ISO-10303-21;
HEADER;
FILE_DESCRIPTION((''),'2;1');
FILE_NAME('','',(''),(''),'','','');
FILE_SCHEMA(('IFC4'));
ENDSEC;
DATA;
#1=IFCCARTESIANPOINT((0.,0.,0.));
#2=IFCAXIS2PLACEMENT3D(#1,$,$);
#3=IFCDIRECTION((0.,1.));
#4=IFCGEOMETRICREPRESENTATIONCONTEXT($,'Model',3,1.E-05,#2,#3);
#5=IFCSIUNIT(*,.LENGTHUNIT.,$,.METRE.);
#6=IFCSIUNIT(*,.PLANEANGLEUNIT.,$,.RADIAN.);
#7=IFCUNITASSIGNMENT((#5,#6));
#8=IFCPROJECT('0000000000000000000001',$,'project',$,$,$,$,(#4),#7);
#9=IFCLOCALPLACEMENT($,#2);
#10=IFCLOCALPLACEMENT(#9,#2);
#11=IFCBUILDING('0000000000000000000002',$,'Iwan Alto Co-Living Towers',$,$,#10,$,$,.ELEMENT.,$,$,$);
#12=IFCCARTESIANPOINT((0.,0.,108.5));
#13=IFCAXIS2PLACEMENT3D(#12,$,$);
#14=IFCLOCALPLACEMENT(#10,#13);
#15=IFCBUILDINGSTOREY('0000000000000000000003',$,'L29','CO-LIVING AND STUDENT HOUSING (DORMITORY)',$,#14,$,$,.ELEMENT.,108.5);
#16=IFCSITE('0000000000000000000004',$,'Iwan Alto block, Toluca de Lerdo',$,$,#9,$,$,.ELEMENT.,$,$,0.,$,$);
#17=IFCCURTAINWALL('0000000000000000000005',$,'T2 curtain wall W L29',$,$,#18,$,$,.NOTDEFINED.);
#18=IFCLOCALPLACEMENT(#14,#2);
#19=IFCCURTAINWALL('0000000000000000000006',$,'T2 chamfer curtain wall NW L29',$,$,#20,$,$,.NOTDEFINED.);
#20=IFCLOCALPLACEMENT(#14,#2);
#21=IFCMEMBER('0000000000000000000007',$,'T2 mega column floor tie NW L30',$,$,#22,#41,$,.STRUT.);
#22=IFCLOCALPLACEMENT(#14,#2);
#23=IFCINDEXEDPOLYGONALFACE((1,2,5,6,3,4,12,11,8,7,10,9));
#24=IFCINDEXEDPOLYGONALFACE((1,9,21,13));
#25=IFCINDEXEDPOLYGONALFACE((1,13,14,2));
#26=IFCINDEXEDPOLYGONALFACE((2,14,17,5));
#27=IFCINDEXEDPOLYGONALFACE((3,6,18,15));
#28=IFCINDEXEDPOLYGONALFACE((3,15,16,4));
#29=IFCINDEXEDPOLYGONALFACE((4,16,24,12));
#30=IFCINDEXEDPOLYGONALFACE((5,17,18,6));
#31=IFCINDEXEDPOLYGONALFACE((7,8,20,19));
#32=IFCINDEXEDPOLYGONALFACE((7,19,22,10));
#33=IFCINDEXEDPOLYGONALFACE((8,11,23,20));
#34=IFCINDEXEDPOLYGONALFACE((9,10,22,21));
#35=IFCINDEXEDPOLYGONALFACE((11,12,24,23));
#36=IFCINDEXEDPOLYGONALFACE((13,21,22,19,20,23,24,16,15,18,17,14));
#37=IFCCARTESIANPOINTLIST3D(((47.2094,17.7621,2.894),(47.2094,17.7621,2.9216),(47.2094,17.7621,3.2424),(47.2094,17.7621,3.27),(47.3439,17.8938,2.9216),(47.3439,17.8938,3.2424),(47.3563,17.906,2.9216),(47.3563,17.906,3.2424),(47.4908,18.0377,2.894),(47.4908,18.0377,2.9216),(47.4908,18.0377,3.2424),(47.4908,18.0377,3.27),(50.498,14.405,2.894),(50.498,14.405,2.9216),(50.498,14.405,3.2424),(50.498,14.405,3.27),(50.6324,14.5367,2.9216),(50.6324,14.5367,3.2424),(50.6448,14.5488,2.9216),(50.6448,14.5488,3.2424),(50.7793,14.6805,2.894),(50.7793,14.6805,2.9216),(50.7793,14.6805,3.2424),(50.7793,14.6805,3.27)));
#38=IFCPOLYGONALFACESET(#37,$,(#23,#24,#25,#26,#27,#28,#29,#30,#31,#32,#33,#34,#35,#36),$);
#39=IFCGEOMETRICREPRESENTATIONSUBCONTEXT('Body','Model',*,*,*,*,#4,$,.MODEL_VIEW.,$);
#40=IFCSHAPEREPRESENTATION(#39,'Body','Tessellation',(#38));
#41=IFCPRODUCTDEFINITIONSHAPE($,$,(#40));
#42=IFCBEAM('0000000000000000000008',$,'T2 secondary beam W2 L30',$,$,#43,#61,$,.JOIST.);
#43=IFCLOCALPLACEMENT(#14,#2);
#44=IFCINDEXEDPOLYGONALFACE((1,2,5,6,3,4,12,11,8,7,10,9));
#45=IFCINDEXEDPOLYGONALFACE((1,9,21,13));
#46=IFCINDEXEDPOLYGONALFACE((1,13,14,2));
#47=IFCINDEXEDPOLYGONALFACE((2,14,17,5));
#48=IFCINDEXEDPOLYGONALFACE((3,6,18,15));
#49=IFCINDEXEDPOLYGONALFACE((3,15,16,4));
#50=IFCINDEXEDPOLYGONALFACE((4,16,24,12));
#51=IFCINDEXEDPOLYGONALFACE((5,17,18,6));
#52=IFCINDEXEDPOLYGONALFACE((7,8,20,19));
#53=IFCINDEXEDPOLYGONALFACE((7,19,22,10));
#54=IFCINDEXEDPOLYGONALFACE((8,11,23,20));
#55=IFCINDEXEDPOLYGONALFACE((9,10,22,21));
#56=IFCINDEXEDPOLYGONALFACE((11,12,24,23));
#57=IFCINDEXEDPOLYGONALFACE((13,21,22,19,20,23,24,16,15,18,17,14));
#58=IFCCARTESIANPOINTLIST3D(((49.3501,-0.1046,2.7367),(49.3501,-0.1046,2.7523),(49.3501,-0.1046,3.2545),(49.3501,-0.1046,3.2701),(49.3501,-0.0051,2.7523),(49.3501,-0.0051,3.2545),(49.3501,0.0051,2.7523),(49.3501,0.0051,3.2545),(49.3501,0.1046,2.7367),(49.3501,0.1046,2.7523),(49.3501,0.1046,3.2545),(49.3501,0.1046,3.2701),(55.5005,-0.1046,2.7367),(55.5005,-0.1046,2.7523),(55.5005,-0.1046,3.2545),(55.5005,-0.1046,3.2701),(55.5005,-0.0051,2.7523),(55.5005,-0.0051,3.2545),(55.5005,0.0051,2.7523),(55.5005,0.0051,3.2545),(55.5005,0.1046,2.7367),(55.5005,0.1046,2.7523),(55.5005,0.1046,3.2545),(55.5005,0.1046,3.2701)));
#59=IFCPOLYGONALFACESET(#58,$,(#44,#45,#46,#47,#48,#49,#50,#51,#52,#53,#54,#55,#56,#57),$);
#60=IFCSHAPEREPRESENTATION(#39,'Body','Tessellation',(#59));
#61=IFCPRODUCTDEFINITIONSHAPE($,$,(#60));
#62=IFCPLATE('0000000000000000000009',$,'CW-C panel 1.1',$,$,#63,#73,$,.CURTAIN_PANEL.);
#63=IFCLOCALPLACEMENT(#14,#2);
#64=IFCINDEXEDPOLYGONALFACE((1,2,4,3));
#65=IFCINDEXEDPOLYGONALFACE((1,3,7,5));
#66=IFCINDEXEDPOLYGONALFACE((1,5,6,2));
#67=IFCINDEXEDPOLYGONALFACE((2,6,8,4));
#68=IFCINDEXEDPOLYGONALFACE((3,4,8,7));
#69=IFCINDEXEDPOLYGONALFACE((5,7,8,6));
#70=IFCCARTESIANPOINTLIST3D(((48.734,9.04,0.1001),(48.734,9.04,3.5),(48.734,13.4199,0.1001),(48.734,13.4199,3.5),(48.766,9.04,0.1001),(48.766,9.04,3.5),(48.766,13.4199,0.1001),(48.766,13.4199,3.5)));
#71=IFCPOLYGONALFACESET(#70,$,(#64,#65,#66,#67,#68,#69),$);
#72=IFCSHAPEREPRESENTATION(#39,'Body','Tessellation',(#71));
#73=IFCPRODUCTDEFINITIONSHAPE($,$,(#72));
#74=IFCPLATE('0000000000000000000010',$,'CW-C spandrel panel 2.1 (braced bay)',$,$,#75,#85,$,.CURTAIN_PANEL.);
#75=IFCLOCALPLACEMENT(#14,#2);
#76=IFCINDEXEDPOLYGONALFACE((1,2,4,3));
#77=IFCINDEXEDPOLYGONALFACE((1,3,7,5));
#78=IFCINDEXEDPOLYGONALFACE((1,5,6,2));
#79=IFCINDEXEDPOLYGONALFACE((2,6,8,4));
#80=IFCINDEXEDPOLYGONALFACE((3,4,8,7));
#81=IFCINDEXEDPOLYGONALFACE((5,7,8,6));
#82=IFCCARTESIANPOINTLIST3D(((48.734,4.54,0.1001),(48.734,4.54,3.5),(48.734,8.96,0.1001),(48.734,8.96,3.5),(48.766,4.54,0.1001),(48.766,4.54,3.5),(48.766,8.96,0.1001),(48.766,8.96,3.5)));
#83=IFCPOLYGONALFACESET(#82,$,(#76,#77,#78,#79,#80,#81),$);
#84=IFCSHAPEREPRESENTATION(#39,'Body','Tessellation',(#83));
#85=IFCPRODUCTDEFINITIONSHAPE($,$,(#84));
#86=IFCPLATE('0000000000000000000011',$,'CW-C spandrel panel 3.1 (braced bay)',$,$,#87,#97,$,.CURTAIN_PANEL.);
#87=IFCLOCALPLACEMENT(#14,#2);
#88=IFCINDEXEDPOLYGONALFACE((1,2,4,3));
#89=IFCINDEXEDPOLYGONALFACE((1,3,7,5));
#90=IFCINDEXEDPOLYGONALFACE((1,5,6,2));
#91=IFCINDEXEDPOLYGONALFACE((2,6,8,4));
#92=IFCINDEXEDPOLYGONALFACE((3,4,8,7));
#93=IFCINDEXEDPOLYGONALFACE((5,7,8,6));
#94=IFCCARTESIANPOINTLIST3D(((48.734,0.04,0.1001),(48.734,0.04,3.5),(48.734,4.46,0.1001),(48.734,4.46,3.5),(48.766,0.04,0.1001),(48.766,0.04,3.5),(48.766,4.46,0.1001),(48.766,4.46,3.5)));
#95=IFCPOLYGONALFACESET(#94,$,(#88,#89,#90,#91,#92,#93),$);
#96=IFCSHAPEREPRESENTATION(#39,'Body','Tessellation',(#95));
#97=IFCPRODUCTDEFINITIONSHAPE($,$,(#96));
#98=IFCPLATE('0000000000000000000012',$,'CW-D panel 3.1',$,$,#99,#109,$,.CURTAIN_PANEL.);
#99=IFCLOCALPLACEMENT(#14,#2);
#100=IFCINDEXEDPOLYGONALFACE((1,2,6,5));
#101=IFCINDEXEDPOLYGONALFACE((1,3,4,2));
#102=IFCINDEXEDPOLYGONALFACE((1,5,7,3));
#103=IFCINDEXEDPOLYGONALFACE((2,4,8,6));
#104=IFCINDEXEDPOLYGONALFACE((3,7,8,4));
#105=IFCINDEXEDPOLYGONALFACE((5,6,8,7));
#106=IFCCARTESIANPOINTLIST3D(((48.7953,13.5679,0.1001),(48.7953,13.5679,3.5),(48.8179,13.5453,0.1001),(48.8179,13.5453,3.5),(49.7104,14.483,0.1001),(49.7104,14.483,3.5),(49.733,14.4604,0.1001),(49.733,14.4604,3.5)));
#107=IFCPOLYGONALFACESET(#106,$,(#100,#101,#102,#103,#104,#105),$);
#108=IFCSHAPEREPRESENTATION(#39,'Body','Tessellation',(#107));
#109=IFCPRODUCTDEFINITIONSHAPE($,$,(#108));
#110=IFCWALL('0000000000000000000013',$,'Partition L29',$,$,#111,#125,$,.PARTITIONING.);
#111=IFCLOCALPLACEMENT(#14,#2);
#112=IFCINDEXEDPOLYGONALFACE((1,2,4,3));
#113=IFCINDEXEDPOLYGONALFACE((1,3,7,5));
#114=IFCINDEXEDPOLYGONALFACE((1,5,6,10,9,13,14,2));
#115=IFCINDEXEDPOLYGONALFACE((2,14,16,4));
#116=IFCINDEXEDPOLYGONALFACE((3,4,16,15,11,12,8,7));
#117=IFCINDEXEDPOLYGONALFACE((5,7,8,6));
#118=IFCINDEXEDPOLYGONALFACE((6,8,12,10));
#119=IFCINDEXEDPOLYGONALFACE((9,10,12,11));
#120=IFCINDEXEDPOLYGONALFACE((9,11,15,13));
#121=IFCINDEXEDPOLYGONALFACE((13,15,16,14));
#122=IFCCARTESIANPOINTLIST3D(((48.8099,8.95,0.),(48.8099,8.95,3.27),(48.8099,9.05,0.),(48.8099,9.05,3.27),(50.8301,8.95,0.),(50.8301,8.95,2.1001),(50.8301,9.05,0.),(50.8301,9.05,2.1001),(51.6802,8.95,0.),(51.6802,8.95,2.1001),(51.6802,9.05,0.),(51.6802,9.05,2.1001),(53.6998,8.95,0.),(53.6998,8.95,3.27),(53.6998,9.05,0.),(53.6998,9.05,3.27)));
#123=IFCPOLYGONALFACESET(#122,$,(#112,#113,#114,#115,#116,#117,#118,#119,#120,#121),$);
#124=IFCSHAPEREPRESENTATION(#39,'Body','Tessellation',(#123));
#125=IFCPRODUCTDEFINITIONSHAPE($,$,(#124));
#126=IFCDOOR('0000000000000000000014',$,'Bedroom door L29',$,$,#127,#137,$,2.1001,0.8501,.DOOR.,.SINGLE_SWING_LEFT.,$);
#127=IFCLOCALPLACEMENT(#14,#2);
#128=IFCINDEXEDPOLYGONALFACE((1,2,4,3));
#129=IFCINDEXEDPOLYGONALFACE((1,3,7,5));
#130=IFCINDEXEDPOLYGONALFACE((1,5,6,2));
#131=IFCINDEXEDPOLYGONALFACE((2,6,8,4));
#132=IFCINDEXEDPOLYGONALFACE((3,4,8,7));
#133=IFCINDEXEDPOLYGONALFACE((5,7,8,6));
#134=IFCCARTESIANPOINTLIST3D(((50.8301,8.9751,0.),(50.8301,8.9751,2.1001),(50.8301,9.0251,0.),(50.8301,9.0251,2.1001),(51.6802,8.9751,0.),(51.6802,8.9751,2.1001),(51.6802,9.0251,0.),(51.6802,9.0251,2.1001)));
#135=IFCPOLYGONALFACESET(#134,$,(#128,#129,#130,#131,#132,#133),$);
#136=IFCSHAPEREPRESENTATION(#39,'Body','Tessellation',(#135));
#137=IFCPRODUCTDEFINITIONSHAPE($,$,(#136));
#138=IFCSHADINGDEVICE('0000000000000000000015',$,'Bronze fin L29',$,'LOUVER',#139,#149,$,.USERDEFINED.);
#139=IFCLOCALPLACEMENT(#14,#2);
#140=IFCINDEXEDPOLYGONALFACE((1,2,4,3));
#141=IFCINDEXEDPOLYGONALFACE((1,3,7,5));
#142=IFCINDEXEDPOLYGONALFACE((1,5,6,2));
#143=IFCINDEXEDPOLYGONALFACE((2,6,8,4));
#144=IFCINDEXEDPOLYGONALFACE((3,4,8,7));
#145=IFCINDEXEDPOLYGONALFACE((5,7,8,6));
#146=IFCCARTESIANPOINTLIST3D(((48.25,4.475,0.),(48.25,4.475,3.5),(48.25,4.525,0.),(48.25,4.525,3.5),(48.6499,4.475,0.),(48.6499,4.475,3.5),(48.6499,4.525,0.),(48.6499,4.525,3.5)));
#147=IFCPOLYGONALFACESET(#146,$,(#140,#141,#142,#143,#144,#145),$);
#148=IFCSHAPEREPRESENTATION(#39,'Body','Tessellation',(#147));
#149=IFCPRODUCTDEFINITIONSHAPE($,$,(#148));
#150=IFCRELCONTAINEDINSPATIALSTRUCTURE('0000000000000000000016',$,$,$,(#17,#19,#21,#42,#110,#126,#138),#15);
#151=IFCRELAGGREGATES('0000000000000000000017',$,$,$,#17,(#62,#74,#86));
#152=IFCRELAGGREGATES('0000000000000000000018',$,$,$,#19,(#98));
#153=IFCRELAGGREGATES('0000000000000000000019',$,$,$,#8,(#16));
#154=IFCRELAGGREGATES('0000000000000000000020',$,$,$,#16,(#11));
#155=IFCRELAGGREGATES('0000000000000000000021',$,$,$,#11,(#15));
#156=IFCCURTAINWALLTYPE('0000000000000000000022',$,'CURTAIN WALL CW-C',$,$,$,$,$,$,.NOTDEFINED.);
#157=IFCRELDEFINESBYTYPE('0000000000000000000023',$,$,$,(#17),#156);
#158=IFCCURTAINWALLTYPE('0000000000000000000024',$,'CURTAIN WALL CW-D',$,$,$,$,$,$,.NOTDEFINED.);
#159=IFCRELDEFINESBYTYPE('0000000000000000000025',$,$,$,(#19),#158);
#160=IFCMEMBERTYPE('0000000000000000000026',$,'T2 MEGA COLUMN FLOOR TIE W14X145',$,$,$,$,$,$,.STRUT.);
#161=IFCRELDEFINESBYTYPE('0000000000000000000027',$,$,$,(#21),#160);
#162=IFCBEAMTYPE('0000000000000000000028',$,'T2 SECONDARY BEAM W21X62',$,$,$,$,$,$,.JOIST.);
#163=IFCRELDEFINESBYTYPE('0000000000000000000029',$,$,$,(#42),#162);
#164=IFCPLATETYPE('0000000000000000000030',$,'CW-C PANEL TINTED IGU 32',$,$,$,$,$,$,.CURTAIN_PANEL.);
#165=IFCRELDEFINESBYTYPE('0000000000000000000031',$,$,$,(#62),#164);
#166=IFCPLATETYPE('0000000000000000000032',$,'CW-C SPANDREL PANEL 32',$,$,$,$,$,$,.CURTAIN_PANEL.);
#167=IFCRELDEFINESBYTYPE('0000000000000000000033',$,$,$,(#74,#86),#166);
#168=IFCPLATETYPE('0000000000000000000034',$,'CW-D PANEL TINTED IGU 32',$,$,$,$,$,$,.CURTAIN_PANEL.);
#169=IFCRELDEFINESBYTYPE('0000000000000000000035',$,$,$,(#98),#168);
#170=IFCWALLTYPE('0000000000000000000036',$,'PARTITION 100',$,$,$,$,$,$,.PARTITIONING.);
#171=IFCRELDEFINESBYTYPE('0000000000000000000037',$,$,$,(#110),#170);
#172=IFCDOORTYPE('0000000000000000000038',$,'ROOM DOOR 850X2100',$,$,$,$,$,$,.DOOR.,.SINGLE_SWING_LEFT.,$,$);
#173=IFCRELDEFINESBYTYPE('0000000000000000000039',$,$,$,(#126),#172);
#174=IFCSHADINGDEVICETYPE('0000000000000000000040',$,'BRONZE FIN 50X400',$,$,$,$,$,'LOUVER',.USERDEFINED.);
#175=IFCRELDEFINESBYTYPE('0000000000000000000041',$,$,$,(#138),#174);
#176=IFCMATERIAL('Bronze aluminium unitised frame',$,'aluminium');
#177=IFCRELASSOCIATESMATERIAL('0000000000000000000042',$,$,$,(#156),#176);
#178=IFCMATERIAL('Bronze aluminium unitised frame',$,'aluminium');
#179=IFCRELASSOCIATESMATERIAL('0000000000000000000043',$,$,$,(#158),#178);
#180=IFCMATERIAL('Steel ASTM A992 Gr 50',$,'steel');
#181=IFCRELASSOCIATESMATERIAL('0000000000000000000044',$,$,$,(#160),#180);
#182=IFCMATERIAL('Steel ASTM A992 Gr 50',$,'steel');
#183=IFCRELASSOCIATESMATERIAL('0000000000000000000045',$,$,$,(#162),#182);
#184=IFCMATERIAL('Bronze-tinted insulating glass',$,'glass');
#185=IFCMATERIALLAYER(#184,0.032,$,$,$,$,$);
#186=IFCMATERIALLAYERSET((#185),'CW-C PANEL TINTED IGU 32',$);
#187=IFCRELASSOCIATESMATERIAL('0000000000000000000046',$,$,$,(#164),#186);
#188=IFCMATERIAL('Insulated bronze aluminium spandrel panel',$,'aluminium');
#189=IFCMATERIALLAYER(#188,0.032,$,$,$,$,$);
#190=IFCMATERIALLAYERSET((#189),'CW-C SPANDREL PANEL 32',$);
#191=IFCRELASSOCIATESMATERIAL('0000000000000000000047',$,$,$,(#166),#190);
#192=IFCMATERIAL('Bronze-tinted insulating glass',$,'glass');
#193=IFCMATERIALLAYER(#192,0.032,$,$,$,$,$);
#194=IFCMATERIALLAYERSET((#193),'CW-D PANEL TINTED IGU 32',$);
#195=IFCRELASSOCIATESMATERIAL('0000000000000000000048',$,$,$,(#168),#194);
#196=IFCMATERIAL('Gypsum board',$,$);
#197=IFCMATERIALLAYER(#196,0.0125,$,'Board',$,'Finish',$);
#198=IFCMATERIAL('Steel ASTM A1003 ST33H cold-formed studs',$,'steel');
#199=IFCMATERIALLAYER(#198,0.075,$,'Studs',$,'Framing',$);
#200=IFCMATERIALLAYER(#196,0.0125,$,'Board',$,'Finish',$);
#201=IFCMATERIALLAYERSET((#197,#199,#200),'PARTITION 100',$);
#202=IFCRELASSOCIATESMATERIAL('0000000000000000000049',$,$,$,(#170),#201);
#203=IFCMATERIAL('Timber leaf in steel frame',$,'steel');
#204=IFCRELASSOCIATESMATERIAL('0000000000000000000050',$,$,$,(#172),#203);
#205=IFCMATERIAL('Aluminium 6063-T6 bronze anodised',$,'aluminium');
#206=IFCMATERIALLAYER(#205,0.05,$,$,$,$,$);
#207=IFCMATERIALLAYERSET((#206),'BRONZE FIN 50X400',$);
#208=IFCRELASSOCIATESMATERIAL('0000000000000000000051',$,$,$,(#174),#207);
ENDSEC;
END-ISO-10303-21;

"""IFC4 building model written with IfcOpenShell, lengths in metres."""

from ifc_helpers import new_model, si_unit, direction, frame, frame_2d, origin, origin_2d, place, context, subcontext, project, spatial, rectangle, i_section, extrude, material, layer, layer_set, material_profile, profile_set, type_object, element, fill, aggregate, save


model = new_model("IFC4")

# Units and contexts
model_context = context("Model", 3, precision=1e-05, world=origin(), true_north=direction((0.0, 1.0)))
body_context = subcontext(model_context, "Body", "Model", "MODEL_VIEW")
ifc_project = project(units=[si_unit("LENGTHUNIT", "METRE"), si_unit("PLANEANGLEUNIT", "RADIAN")], contexts=[model_context])

# Site, building, storey
site_placement = place(None, origin())
site = spatial("IfcSite", under=ifc_project, at=site_placement, Name="Iwan Alto block, Toluca de Lerdo", CompositionType="ELEMENT", RefElevation=0.0)
building_placement = place(site_placement, origin())
building = spatial("IfcBuilding", under=site, at=building_placement, Name="Iwan Alto Co-Living Towers", CompositionType="ELEMENT")
storey_placement = place(building_placement, frame((0.0, 0.0, 108.5)))
storey = spatial("IfcBuildingStorey", under=building, at=storey_placement, Name="L29", Description="CO-LIVING AND STUDENT HOUSING (DORMITORY)", CompositionType="ELEMENT", Elevation=108.5)

# Curtain wall
ifc_material_1 = material(Name="Bronze aluminium unitised frame", Category="aluminium")
curtain_wall_type_1 = type_object("IfcCurtainWallType", Name="CURTAIN WALL CW-C", PredefinedType="NOTDEFINED", material=ifc_material_1)
curtain_wall_1_placement = place(storey_placement, origin())
curtain_wall_1 = element("IfcCurtainWall", 1, at=curtain_wall_1_placement, inside=storey, type_object=curtain_wall_type_1, Name="T2 curtain wall W L29", PredefinedType="NOTDEFINED")

# Curtain wall
ifc_material_2 = material(Name="Bronze aluminium unitised frame", Category="aluminium")
curtain_wall_type_2 = type_object("IfcCurtainWallType", Name="CURTAIN WALL CW-D", PredefinedType="NOTDEFINED", material=ifc_material_2)
curtain_wall_2_placement = place(storey_placement, origin())
curtain_wall_2 = element("IfcCurtainWall", 2, at=curtain_wall_2_placement, inside=storey, type_object=curtain_wall_type_2, Name="T2 chamfer curtain wall NW L29", PredefinedType="NOTDEFINED")

# Member
ifc_material_3 = material(Name="Steel ASTM A992 Gr 50", Category="steel")
ifc_material_profile_1 = material_profile(ifc_material_3, i_section(OverallWidth=0.3938, OverallDepth=0.376, WebThickness=0.0173, FlangeThickness=0.0276, at=origin_2d()), Name="W14X145")
ifc_profile_set_1 = profile_set([ifc_material_profile_1], Name="Steel ASTM A992 Gr 50")
member_type_1 = type_object("IfcMemberType", Name="T2 MEGA COLUMN FLOOR TIE W14X145", PredefinedType="STRUT", material=ifc_profile_set_1)
member_1_placement = place(storey_placement, frame((47.3501, 17.8999, 3.082), z_axis=(0.69977, -0.714368, 0.0), x_axis=(0.714368, 0.69977, 0.0)))
element("IfcMember", 3, at=member_1_placement, inside=storey, type_object=member_type_1, Name="T2 mega column floor tie NW L30", PredefinedType="STRUT", context=body_context, shape_type="SweptSolid", body=[
    extrude(i_section(OverallWidth=0.3938, OverallDepth=0.376, WebThickness=0.0173, FlangeThickness=0.0276, at=origin_2d()), origin(), (0.0, 0.0, 1.0), 4.6995),
])

# Beam
ifc_material_4 = material(Name="Steel ASTM A992 Gr 50", Category="steel")
ifc_material_profile_2 = material_profile(ifc_material_4, i_section(OverallWidth=0.2092, OverallDepth=0.5334, WebThickness=0.0103, FlangeThickness=0.0156, at=origin_2d()), Name="W21X62")
ifc_profile_set_2 = profile_set([ifc_material_profile_2], Name="Steel ASTM A992 Gr 50")
beam_type = type_object("IfcBeamType", Name="T2 SECONDARY BEAM W21X62", PredefinedType="JOIST", material=ifc_profile_set_2)
beam_placement = place(storey_placement, frame((49.3501, 0.0, 3.0034), z_axis=(1.0, 0.0, 0.0), x_axis=(0.0, 1.0, 0.0)))
element("IfcBeam", 4, at=beam_placement, inside=storey, type_object=beam_type, Name="T2 secondary beam W2 L30", PredefinedType="JOIST", context=body_context, shape_type="SweptSolid", body=[
    extrude(i_section(OverallWidth=0.2092, OverallDepth=0.5334, WebThickness=0.0103, FlangeThickness=0.0156, at=origin_2d()), origin(), (0.0, 0.0, 1.0), 6.1504),
])

# Plates
ifc_material_5 = material(Name="Bronze-tinted insulating glass", Category="glass")
ifc_layer_1 = layer(ifc_material_5, 0.032)
ifc_layer_set_1 = layer_set([ifc_layer_1], Name="CW-C PANEL TINTED IGU 32")
plate_type_1 = type_object("IfcPlateType", Name="CW-C PANEL TINTED IGU 32", PredefinedType="CURTAIN_PANEL", material=ifc_layer_set_1)
plate_1_placement = place(storey_placement, frame((48.75, 11.23, 0.1001), z_axis=(0.0, 0.0, 1.0), x_axis=(0.0, -1.0, 0.0)))
plate_1 = element("IfcPlate", 5, at=plate_1_placement, type_object=plate_type_1, Name="CW-C panel 1.1", PredefinedType="CURTAIN_PANEL", context=body_context, shape_type="SweptSolid", body=[
    extrude(rectangle(XDim=4.3799, YDim=0.032, at=origin_2d()), origin(), (0.0, 0.0, 1.0), 3.3999),
])
ifc_material_6 = material(Name="Insulated bronze aluminium spandrel panel", Category="aluminium")
ifc_layer_2 = layer(ifc_material_6, 0.032)
ifc_layer_set_2 = layer_set([ifc_layer_2], Name="CW-C SPANDREL PANEL 32")
plate_type_2 = type_object("IfcPlateType", Name="CW-C SPANDREL PANEL 32", PredefinedType="CURTAIN_PANEL", material=ifc_layer_set_2)
plate_2_placement = place(storey_placement, frame((48.75, 6.75, 0.1001), z_axis=(0.0, 0.0, 1.0), x_axis=(0.0, -1.0, 0.0)))
plate_2 = element("IfcPlate", 6, at=plate_2_placement, type_object=plate_type_2, Name="CW-C spandrel panel 2.1 (braced bay)", PredefinedType="CURTAIN_PANEL", context=body_context, shape_type="SweptSolid", body=[
    extrude(rectangle(XDim=4.4199, YDim=0.032, at=origin_2d()), origin(), (0.0, 0.0, 1.0), 3.3999),
])
plate_3_placement = place(storey_placement, frame((48.75, 2.25, 0.1001), z_axis=(0.0, 0.0, 1.0), x_axis=(0.0, -1.0, 0.0)))
plate_3 = element("IfcPlate", 7, at=plate_3_placement, type_object=plate_type_2, Name="CW-C spandrel panel 3.1 (braced bay)", PredefinedType="CURTAIN_PANEL", context=body_context, shape_type="SweptSolid", body=[
    extrude(rectangle(XDim=4.4199, YDim=0.032, at=origin_2d()), origin(), (0.0, 0.0, 1.0), 3.3999),
])
aggregate(curtain_wall_1, [plate_1, plate_2, plate_3])
ifc_material_7 = material(Name="Bronze-tinted insulating glass", Category="glass")
ifc_layer_3 = layer(ifc_material_7, 0.032)
ifc_layer_set_3 = layer_set([ifc_layer_3], Name="CW-D PANEL TINTED IGU 32")
plate_type_3 = type_object("IfcPlateType", Name="CW-D PANEL TINTED IGU 32", PredefinedType="CURTAIN_PANEL", material=ifc_layer_set_3)
plate_4_placement = place(storey_placement, frame((49.2642, 14.0142, 0.1001), z_axis=(0.0, 0.0, 1.0), x_axis=(-0.707107, -0.707107, 0.0)))
plate_4 = element("IfcPlate", 8, at=plate_4_placement, type_object=plate_type_3, Name="CW-D panel 3.1", PredefinedType="CURTAIN_PANEL", context=body_context, shape_type="SweptSolid", body=[
    extrude(rectangle(XDim=1.2942, YDim=0.032, at=origin_2d()), origin(), (0.0, 0.0, 1.0), 3.3999),
])
aggregate(curtain_wall_2, [plate_4])

# Wall, opening, door
ifc_material_8 = material(Name="Gypsum board")
ifc_layer_4 = layer(ifc_material_8, 0.0125, Name="Board", Category="Finish")
ifc_material_9 = material(Name="Steel ASTM A1003 ST33H cold-formed studs", Category="steel")
ifc_layer_5 = layer(ifc_material_9, 0.075, Name="Studs", Category="Framing")
ifc_layer_6 = layer(ifc_material_8, 0.0125, Name="Board", Category="Finish")
ifc_layer_set_4 = layer_set([ifc_layer_4, ifc_layer_5, ifc_layer_6], Name="PARTITION 100")
wall_type = type_object("IfcWallType", Name="PARTITION 100", PredefinedType="PARTITIONING", material=ifc_layer_set_4)
wall_placement = place(storey_placement, frame((48.8101, 9.0, 0.0), z_axis=(0.0, 0.0, 1.0), x_axis=(1.0, 0.0, 0.0)))
wall = element("IfcWall", 9, at=wall_placement, inside=storey, type_object=wall_type, Name="Partition L29", PredefinedType="PARTITIONING", context=body_context, shape_type="SweptSolid", body=[
    extrude(rectangle(XDim=4.8899, YDim=0.1001, at=frame_2d((2.4448, 0.0))), origin(), (0.0, 0.0, 1.0), 3.27),
])
opening_placement = place(wall_placement, frame((2.02, 0.0, 0.0)))
opening = element("IfcOpeningElement", 10, at=opening_placement, cuts=wall, PredefinedType="OPENING", context=body_context, shape_type="SweptSolid", body=[
    extrude(rectangle(XDim=0.8501, YDim=2.1001, at=frame_2d((0.425, 1.05))), frame((0.0, 0.0601, 0.0), z_axis=(0.0, -1.0, 0.0), x_axis=(1.0, 0.0, 0.0)), (0.0, 0.0, 1.0), 0.1201),
])
ifc_material_10 = material(Name="Timber leaf in steel frame", Category="steel")
door_type = type_object("IfcDoorType", Name="ROOM DOOR 850X2100", OperationType="SINGLE_SWING_LEFT", PredefinedType="DOOR", material=ifc_material_10)
door_placement = place(opening_placement, frame((0.8501, 0.0, 0.0), z_axis=(0.0, 0.0, 1.0), x_axis=(-1.0, 0.0, 0.0)))
door = element("IfcDoor", 11, at=door_placement, inside=storey, type_object=door_type, Name="Bedroom door L29", OperationType="SINGLE_SWING_LEFT", OverallHeight=2.1001, OverallWidth=0.8501, PredefinedType="DOOR", context=body_context, shape_type="SweptSolid", body=[
    extrude(rectangle(XDim=0.8501, YDim=2.1001, at=frame_2d((0.425, 1.05))), frame((0.0, 0.0249, 0.0), z_axis=(0.0, -1.0, 0.0), x_axis=(1.0, 0.0, 0.0)), (0.0, 0.0, 1.0), 0.05),
])
fill(opening, door)

# Shading device
ifc_material_11 = material(Name="Aluminium 6063-T6 bronze anodised", Category="aluminium")
ifc_layer_7 = layer(ifc_material_11, 0.05)
ifc_layer_set_5 = layer_set([ifc_layer_7], Name="BRONZE FIN 50X400")
shading_device_type = type_object("IfcShadingDeviceType", Name="BRONZE FIN 50X400", ElementType="LOUVER", PredefinedType="USERDEFINED", material=ifc_layer_set_5)
shading_device_placement = place(storey_placement, frame((48.45, 4.5, 0.0), z_axis=(0.0, 0.0, 1.0), x_axis=(0.0, -1.0, 0.0)))
element("IfcShadingDevice", 12, at=shading_device_placement, inside=storey, type_object=shading_device_type, Name="Bronze fin L29", ObjectType="LOUVER", PredefinedType="USERDEFINED", context=body_context, shape_type="SweptSolid", body=[
    extrude(rectangle(XDim=0.05, YDim=0.3999, at=origin_2d()), origin(), (0.0, 0.0, 1.0), 3.5),
])

save(model, "model.ifc")
